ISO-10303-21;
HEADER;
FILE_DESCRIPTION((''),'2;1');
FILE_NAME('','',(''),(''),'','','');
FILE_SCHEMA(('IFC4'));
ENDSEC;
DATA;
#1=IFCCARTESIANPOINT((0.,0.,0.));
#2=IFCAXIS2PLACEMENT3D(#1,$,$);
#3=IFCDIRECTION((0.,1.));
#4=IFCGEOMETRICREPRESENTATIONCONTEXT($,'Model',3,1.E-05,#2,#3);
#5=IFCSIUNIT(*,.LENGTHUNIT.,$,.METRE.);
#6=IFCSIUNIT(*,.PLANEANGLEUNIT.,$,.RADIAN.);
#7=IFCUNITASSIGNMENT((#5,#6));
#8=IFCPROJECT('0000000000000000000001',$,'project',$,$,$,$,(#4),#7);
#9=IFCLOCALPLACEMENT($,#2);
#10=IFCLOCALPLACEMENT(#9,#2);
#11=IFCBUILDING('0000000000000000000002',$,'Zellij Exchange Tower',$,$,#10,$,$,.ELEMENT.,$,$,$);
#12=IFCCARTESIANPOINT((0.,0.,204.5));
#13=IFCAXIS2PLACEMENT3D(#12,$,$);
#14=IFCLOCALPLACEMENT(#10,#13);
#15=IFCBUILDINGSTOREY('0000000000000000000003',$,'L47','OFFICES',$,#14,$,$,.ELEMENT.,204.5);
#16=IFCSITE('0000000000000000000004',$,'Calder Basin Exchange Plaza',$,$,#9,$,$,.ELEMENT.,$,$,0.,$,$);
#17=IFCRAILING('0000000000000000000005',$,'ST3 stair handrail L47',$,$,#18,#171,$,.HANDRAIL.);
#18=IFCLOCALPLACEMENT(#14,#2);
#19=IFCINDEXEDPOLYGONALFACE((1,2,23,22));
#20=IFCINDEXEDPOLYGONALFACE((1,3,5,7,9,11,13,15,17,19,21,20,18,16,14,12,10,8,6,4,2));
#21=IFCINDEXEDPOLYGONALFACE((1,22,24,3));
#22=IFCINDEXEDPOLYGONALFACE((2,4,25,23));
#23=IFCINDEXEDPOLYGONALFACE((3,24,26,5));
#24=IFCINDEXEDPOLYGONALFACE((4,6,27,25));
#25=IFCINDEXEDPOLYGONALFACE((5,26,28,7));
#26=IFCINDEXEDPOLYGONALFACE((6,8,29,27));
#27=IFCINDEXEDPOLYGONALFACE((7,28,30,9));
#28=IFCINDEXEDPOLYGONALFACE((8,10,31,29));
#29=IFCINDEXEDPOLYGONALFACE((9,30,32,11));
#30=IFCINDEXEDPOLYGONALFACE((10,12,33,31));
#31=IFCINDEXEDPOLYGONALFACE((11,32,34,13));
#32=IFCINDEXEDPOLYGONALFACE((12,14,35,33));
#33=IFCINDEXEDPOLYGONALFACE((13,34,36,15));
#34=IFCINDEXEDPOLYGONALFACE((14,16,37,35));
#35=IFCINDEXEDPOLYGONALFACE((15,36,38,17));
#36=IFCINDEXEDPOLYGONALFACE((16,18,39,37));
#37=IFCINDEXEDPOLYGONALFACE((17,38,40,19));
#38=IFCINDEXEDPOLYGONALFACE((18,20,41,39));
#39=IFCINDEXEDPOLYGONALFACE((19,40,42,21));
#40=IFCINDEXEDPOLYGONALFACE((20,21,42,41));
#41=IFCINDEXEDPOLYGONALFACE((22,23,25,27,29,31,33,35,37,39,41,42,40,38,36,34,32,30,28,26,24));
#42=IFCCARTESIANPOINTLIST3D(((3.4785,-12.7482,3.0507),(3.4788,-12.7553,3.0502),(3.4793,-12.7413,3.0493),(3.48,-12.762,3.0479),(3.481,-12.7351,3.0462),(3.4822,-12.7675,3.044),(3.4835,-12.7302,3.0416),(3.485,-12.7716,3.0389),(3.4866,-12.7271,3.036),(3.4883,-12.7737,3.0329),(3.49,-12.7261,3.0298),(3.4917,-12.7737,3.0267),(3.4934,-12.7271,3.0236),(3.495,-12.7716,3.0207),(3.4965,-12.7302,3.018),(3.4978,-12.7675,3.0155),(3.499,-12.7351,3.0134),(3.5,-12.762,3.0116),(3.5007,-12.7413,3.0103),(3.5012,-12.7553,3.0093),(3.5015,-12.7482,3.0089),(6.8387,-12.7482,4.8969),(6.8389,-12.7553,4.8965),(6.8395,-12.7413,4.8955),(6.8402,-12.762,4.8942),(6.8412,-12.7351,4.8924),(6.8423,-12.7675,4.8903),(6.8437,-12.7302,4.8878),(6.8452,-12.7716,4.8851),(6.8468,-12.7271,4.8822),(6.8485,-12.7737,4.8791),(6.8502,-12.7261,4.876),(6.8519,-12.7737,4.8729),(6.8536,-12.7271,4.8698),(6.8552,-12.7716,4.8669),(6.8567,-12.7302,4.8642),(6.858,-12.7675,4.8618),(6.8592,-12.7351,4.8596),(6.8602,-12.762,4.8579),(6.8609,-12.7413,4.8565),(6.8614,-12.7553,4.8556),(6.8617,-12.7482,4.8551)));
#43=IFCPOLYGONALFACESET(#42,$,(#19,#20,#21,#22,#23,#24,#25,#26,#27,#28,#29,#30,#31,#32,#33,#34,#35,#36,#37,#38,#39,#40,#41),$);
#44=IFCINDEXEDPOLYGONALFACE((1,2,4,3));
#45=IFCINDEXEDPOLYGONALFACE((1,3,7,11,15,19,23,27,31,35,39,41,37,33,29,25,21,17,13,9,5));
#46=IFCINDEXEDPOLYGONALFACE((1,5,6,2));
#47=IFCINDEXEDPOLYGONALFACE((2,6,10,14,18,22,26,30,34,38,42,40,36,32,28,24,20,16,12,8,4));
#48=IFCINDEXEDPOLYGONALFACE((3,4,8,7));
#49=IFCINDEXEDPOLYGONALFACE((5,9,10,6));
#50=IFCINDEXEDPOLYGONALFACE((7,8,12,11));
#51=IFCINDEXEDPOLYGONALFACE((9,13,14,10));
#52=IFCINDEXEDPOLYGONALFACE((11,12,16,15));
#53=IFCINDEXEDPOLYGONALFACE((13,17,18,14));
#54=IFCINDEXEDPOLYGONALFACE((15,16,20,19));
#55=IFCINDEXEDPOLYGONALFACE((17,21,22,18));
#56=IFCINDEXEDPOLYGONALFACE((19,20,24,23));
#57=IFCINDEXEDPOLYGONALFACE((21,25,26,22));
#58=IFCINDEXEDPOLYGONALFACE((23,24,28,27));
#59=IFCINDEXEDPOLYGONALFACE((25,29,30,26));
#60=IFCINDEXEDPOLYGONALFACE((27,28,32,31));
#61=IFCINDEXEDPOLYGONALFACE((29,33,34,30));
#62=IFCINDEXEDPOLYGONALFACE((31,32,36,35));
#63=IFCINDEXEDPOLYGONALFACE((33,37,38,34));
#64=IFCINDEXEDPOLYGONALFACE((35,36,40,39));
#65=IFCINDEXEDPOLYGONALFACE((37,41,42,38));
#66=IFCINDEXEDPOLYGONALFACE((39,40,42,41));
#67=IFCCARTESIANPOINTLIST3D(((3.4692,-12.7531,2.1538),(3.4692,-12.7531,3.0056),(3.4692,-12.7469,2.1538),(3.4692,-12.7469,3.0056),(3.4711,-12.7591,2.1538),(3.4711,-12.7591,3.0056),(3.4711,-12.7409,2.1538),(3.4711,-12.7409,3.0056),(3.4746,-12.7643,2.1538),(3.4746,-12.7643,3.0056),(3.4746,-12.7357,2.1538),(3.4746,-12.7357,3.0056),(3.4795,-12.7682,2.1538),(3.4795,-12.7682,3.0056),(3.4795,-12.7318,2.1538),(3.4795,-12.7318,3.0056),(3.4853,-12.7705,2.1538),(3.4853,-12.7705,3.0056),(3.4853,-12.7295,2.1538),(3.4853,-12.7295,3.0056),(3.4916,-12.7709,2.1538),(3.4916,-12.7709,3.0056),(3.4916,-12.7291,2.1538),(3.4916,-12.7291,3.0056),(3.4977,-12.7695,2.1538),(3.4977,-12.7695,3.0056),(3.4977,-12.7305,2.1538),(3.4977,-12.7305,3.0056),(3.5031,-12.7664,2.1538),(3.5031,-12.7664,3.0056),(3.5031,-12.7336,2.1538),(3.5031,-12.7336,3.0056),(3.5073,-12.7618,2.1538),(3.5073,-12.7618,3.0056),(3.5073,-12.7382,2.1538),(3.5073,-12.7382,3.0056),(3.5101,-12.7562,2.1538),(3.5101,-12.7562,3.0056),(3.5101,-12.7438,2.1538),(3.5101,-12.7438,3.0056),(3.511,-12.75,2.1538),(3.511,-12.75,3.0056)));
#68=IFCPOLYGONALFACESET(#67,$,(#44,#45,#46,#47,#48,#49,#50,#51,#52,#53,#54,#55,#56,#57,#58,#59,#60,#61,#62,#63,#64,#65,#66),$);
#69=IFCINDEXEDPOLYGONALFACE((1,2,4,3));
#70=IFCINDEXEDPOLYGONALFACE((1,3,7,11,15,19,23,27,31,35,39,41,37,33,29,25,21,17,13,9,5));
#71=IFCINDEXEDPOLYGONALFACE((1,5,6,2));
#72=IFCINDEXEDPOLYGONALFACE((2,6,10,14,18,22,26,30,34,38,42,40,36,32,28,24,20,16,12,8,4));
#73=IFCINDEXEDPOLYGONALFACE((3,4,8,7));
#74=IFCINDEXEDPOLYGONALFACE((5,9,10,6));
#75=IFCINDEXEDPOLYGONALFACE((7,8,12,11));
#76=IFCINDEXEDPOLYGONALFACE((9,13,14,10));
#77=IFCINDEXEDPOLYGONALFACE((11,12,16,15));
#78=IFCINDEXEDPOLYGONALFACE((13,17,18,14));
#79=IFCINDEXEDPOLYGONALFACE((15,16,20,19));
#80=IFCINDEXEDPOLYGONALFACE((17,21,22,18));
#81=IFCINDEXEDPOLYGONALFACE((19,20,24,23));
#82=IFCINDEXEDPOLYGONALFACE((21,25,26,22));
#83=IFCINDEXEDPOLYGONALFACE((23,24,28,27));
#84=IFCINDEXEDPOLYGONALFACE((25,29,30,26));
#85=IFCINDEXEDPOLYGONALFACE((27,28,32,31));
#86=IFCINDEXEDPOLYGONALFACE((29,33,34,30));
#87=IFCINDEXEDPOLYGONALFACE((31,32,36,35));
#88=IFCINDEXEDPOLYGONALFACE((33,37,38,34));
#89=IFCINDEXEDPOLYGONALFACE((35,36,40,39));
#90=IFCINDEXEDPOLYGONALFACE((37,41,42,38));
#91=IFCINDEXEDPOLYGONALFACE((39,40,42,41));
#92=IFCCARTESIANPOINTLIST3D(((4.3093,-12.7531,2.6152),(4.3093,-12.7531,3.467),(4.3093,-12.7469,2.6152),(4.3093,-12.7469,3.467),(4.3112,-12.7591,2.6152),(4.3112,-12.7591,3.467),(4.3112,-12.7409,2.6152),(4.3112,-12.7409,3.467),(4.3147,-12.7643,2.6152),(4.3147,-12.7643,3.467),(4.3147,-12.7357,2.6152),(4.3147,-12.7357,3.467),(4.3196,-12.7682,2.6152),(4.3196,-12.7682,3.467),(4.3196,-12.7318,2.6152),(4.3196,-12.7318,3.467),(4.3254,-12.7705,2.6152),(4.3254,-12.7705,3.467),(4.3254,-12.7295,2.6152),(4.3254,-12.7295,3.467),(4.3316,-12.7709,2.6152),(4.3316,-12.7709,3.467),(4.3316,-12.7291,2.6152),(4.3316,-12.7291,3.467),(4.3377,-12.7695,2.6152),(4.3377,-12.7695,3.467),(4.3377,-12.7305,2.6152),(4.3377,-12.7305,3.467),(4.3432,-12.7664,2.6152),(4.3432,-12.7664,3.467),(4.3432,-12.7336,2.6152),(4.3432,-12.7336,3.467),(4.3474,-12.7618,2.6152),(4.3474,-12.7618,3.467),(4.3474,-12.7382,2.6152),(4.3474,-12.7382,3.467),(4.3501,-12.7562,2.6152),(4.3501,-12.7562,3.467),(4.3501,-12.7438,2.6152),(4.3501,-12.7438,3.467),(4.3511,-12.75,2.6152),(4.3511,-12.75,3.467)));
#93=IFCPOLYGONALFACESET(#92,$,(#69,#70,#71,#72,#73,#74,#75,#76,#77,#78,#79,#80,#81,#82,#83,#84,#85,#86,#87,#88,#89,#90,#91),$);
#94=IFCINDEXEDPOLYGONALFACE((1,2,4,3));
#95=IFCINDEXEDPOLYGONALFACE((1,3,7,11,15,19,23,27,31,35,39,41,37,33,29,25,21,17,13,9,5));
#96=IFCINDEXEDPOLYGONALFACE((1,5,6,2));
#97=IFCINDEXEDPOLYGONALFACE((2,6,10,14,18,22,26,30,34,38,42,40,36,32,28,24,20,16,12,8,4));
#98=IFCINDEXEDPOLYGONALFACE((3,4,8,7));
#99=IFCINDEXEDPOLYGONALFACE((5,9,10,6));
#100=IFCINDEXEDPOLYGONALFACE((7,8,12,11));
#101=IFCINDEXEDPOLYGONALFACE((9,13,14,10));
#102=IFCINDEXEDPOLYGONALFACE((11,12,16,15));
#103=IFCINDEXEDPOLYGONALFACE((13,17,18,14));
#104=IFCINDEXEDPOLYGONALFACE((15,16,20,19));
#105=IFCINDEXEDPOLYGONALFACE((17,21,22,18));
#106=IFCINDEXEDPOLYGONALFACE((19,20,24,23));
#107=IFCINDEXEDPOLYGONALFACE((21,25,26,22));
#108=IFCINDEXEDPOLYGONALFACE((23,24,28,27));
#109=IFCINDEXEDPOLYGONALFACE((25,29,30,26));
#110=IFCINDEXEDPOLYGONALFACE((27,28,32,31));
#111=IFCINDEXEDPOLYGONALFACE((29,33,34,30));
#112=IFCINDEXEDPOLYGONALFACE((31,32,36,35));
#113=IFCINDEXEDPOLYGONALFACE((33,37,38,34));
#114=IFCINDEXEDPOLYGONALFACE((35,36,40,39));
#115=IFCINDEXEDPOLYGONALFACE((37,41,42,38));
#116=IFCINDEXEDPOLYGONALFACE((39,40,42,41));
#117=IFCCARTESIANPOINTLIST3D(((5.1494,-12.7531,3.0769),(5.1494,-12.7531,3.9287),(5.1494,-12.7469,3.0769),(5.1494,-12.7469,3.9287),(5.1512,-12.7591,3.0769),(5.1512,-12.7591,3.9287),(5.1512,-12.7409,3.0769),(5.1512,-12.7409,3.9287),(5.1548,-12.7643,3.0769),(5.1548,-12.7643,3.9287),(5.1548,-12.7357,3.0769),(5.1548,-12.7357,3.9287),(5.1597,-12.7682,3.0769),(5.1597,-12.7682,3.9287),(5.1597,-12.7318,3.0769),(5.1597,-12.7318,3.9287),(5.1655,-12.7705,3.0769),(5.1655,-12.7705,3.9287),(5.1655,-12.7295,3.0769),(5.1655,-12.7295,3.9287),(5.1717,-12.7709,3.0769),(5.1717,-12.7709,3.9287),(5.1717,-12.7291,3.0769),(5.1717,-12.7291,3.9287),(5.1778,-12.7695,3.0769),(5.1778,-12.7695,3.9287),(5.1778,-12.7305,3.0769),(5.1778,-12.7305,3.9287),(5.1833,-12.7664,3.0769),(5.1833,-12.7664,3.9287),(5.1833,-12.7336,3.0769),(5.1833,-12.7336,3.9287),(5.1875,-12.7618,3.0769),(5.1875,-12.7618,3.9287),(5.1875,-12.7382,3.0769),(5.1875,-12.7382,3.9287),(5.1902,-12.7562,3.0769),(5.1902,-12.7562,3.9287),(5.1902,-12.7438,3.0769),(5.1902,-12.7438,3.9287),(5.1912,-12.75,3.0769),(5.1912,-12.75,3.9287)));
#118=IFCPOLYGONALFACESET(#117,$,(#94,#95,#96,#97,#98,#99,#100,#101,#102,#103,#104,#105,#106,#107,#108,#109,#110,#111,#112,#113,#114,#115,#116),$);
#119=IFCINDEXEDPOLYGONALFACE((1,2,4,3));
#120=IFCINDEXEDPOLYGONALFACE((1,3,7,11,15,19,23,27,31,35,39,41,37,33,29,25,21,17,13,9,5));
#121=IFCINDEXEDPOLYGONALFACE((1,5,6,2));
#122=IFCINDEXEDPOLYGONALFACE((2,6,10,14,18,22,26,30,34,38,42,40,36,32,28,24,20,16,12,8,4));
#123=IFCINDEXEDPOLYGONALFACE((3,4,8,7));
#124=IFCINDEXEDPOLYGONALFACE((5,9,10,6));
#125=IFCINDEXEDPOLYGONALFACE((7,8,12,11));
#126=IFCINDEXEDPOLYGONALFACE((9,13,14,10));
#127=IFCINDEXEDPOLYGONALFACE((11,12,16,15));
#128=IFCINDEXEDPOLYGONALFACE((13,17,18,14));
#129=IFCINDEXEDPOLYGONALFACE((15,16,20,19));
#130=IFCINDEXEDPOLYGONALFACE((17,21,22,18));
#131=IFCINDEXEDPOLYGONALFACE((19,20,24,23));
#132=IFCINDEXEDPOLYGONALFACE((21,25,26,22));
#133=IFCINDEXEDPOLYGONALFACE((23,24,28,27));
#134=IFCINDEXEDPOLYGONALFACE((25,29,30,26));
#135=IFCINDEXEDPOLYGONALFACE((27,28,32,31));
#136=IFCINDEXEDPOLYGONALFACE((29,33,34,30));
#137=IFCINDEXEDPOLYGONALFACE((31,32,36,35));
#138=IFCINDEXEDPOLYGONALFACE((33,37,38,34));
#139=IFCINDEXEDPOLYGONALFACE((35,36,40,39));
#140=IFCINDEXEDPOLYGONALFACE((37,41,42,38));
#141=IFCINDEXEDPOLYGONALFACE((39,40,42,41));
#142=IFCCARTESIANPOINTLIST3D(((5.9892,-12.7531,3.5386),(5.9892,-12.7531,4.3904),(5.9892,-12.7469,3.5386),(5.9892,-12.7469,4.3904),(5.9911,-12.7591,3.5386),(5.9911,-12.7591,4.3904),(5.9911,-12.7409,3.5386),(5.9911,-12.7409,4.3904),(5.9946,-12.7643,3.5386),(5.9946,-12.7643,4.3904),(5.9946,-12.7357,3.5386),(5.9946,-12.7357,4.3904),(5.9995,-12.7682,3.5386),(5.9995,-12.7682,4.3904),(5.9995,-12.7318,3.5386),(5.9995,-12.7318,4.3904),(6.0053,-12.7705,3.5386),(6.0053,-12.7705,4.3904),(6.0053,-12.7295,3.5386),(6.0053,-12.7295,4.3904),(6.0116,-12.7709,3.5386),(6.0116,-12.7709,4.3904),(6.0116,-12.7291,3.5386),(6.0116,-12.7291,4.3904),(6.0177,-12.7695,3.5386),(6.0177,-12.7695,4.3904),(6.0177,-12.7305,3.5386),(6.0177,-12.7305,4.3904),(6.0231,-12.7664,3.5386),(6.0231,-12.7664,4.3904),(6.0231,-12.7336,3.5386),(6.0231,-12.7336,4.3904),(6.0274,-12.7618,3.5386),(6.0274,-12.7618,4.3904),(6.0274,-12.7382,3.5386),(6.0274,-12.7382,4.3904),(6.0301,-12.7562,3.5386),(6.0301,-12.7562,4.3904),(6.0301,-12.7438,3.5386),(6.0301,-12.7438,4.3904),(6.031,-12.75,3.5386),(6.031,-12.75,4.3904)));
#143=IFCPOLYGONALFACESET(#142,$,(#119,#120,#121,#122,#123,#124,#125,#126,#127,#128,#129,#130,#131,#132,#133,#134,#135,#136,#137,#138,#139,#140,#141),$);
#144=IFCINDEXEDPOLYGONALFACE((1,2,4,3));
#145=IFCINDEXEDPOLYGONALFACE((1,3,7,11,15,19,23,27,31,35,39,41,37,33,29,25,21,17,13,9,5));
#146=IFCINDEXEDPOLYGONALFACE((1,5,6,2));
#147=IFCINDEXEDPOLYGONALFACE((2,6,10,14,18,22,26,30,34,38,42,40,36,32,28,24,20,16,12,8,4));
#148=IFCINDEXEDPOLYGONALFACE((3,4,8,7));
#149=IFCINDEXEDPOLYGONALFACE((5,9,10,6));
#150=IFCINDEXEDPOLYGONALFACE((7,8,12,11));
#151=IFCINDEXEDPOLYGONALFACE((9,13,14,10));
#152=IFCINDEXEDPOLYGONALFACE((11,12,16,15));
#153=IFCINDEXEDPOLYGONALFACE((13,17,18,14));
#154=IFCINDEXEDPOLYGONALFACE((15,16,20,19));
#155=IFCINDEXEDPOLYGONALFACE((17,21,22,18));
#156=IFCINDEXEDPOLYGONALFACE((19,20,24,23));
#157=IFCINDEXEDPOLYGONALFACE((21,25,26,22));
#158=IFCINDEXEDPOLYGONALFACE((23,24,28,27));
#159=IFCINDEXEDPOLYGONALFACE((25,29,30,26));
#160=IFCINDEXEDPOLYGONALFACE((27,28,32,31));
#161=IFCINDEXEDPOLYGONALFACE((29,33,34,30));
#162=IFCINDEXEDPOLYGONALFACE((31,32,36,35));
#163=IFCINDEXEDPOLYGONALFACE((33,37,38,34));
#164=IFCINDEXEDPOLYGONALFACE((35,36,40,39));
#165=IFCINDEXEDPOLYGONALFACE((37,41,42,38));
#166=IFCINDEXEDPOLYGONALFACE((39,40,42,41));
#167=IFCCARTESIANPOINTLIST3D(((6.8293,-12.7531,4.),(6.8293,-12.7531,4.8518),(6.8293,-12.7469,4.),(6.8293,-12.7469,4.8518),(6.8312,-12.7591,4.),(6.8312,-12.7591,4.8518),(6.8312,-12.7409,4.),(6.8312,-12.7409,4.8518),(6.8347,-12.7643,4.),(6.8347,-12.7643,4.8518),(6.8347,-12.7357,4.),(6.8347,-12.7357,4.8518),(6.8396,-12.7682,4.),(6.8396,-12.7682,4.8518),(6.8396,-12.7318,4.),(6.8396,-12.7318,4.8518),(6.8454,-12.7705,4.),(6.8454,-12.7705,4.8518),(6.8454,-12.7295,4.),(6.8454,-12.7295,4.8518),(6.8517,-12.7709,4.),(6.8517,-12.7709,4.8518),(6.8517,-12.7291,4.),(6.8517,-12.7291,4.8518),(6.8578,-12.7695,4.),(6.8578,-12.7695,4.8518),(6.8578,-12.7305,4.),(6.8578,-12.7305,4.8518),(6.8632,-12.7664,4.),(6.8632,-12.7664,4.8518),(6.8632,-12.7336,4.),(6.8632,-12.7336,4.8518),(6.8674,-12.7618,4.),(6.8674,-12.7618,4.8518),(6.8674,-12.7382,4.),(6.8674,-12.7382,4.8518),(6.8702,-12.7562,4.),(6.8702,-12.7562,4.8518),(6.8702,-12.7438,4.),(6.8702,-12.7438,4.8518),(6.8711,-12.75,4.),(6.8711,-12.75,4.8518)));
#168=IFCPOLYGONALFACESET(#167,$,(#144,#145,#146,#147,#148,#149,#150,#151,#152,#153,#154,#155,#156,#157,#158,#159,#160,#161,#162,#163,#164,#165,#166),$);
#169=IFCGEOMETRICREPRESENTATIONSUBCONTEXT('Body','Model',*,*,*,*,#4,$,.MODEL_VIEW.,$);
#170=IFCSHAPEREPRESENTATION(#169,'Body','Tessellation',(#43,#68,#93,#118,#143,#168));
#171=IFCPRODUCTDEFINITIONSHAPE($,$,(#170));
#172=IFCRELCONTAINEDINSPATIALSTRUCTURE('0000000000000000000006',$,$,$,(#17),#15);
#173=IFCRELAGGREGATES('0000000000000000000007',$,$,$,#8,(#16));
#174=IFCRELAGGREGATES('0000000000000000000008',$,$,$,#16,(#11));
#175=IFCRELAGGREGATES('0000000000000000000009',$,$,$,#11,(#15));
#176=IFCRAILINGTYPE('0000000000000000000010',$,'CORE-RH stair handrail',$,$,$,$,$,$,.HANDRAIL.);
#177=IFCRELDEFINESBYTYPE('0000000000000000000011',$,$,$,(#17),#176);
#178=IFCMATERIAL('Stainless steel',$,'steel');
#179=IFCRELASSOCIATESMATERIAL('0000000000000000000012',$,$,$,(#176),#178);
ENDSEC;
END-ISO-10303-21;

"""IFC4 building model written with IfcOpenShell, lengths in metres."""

from ifc_helpers import new_model, si_unit, direction, frame, origin, origin_2d, place, context, subcontext, project, spatial, circle, extrude, material, type_object, element, save


model = new_model("IFC4")

# Units and contexts
model_context = context("Model", 3, precision=1e-05, world=origin(), true_north=direction((0.0, 1.0)))
body_context = subcontext(model_context, "Body", "Model", "MODEL_VIEW")
ifc_project = project(units=[si_unit("LENGTHUNIT", "METRE"), si_unit("PLANEANGLEUNIT", "RADIAN")], contexts=[model_context])

# Site, building, storey
site_placement = place(None, origin())
site = spatial("IfcSite", under=ifc_project, at=site_placement, Name="Calder Basin Exchange Plaza", CompositionType="ELEMENT", RefElevation=0.0)
building_placement = place(site_placement, origin())
building = spatial("IfcBuilding", under=site, at=building_placement, Name="Zellij Exchange Tower", CompositionType="ELEMENT")
storey_placement = place(building_placement, frame((0.0, 0.0, 204.5)))
storey = spatial("IfcBuildingStorey", under=building, at=storey_placement, Name="L47", Description="OFFICES", CompositionType="ELEMENT", Elevation=204.5)

# Railing
ifc_material_1 = material(Name="Stainless steel", Category="steel")
railing_type_1 = type_object("IfcRailingType", Name="CORE-RH stair handrail", PredefinedType="HANDRAIL", material=ifc_material_1)
railing_1_placement = place(storey_placement, frame((3.49, -12.75, 2.1538)))
element("IfcRailing", 1, at=railing_1_placement, inside=storey, type_object=railing_type_1, Name="ST3 stair handrail L47", PredefinedType="HANDRAIL", context=body_context, shape_type="SweptSolid", body=[
    extrude(circle(Radius=0.0239, at=origin_2d()), frame((0.0, 0.0, 0.876), z_axis=(0.876422, 0.0, 0.481545), x_axis=(0.0, 1.0, 0.0)), (0.0, 0.0, 1.0), 3.834),
    extrude(circle(Radius=0.021, at=origin_2d()), origin(), (0.0, 0.0, 1.0), 0.8518),
    extrude(circle(Radius=0.021, at=origin_2d()), frame((0.8401, 0.0, 0.4614)), (0.0, 0.0, 1.0), 0.8518),
    extrude(circle(Radius=0.021, at=origin_2d()), frame((1.6802, 0.0, 0.9231)), (0.0, 0.0, 1.0), 0.8518),
    extrude(circle(Radius=0.021, at=origin_2d()), frame((2.52, 0.0, 1.3848)), (0.0, 0.0, 1.0), 0.8518),
    extrude(circle(Radius=0.021, at=origin_2d()), frame((3.3601, 0.0, 1.8462)), (0.0, 0.0, 1.0), 0.8518),
])

save(model, "model.ifc")
